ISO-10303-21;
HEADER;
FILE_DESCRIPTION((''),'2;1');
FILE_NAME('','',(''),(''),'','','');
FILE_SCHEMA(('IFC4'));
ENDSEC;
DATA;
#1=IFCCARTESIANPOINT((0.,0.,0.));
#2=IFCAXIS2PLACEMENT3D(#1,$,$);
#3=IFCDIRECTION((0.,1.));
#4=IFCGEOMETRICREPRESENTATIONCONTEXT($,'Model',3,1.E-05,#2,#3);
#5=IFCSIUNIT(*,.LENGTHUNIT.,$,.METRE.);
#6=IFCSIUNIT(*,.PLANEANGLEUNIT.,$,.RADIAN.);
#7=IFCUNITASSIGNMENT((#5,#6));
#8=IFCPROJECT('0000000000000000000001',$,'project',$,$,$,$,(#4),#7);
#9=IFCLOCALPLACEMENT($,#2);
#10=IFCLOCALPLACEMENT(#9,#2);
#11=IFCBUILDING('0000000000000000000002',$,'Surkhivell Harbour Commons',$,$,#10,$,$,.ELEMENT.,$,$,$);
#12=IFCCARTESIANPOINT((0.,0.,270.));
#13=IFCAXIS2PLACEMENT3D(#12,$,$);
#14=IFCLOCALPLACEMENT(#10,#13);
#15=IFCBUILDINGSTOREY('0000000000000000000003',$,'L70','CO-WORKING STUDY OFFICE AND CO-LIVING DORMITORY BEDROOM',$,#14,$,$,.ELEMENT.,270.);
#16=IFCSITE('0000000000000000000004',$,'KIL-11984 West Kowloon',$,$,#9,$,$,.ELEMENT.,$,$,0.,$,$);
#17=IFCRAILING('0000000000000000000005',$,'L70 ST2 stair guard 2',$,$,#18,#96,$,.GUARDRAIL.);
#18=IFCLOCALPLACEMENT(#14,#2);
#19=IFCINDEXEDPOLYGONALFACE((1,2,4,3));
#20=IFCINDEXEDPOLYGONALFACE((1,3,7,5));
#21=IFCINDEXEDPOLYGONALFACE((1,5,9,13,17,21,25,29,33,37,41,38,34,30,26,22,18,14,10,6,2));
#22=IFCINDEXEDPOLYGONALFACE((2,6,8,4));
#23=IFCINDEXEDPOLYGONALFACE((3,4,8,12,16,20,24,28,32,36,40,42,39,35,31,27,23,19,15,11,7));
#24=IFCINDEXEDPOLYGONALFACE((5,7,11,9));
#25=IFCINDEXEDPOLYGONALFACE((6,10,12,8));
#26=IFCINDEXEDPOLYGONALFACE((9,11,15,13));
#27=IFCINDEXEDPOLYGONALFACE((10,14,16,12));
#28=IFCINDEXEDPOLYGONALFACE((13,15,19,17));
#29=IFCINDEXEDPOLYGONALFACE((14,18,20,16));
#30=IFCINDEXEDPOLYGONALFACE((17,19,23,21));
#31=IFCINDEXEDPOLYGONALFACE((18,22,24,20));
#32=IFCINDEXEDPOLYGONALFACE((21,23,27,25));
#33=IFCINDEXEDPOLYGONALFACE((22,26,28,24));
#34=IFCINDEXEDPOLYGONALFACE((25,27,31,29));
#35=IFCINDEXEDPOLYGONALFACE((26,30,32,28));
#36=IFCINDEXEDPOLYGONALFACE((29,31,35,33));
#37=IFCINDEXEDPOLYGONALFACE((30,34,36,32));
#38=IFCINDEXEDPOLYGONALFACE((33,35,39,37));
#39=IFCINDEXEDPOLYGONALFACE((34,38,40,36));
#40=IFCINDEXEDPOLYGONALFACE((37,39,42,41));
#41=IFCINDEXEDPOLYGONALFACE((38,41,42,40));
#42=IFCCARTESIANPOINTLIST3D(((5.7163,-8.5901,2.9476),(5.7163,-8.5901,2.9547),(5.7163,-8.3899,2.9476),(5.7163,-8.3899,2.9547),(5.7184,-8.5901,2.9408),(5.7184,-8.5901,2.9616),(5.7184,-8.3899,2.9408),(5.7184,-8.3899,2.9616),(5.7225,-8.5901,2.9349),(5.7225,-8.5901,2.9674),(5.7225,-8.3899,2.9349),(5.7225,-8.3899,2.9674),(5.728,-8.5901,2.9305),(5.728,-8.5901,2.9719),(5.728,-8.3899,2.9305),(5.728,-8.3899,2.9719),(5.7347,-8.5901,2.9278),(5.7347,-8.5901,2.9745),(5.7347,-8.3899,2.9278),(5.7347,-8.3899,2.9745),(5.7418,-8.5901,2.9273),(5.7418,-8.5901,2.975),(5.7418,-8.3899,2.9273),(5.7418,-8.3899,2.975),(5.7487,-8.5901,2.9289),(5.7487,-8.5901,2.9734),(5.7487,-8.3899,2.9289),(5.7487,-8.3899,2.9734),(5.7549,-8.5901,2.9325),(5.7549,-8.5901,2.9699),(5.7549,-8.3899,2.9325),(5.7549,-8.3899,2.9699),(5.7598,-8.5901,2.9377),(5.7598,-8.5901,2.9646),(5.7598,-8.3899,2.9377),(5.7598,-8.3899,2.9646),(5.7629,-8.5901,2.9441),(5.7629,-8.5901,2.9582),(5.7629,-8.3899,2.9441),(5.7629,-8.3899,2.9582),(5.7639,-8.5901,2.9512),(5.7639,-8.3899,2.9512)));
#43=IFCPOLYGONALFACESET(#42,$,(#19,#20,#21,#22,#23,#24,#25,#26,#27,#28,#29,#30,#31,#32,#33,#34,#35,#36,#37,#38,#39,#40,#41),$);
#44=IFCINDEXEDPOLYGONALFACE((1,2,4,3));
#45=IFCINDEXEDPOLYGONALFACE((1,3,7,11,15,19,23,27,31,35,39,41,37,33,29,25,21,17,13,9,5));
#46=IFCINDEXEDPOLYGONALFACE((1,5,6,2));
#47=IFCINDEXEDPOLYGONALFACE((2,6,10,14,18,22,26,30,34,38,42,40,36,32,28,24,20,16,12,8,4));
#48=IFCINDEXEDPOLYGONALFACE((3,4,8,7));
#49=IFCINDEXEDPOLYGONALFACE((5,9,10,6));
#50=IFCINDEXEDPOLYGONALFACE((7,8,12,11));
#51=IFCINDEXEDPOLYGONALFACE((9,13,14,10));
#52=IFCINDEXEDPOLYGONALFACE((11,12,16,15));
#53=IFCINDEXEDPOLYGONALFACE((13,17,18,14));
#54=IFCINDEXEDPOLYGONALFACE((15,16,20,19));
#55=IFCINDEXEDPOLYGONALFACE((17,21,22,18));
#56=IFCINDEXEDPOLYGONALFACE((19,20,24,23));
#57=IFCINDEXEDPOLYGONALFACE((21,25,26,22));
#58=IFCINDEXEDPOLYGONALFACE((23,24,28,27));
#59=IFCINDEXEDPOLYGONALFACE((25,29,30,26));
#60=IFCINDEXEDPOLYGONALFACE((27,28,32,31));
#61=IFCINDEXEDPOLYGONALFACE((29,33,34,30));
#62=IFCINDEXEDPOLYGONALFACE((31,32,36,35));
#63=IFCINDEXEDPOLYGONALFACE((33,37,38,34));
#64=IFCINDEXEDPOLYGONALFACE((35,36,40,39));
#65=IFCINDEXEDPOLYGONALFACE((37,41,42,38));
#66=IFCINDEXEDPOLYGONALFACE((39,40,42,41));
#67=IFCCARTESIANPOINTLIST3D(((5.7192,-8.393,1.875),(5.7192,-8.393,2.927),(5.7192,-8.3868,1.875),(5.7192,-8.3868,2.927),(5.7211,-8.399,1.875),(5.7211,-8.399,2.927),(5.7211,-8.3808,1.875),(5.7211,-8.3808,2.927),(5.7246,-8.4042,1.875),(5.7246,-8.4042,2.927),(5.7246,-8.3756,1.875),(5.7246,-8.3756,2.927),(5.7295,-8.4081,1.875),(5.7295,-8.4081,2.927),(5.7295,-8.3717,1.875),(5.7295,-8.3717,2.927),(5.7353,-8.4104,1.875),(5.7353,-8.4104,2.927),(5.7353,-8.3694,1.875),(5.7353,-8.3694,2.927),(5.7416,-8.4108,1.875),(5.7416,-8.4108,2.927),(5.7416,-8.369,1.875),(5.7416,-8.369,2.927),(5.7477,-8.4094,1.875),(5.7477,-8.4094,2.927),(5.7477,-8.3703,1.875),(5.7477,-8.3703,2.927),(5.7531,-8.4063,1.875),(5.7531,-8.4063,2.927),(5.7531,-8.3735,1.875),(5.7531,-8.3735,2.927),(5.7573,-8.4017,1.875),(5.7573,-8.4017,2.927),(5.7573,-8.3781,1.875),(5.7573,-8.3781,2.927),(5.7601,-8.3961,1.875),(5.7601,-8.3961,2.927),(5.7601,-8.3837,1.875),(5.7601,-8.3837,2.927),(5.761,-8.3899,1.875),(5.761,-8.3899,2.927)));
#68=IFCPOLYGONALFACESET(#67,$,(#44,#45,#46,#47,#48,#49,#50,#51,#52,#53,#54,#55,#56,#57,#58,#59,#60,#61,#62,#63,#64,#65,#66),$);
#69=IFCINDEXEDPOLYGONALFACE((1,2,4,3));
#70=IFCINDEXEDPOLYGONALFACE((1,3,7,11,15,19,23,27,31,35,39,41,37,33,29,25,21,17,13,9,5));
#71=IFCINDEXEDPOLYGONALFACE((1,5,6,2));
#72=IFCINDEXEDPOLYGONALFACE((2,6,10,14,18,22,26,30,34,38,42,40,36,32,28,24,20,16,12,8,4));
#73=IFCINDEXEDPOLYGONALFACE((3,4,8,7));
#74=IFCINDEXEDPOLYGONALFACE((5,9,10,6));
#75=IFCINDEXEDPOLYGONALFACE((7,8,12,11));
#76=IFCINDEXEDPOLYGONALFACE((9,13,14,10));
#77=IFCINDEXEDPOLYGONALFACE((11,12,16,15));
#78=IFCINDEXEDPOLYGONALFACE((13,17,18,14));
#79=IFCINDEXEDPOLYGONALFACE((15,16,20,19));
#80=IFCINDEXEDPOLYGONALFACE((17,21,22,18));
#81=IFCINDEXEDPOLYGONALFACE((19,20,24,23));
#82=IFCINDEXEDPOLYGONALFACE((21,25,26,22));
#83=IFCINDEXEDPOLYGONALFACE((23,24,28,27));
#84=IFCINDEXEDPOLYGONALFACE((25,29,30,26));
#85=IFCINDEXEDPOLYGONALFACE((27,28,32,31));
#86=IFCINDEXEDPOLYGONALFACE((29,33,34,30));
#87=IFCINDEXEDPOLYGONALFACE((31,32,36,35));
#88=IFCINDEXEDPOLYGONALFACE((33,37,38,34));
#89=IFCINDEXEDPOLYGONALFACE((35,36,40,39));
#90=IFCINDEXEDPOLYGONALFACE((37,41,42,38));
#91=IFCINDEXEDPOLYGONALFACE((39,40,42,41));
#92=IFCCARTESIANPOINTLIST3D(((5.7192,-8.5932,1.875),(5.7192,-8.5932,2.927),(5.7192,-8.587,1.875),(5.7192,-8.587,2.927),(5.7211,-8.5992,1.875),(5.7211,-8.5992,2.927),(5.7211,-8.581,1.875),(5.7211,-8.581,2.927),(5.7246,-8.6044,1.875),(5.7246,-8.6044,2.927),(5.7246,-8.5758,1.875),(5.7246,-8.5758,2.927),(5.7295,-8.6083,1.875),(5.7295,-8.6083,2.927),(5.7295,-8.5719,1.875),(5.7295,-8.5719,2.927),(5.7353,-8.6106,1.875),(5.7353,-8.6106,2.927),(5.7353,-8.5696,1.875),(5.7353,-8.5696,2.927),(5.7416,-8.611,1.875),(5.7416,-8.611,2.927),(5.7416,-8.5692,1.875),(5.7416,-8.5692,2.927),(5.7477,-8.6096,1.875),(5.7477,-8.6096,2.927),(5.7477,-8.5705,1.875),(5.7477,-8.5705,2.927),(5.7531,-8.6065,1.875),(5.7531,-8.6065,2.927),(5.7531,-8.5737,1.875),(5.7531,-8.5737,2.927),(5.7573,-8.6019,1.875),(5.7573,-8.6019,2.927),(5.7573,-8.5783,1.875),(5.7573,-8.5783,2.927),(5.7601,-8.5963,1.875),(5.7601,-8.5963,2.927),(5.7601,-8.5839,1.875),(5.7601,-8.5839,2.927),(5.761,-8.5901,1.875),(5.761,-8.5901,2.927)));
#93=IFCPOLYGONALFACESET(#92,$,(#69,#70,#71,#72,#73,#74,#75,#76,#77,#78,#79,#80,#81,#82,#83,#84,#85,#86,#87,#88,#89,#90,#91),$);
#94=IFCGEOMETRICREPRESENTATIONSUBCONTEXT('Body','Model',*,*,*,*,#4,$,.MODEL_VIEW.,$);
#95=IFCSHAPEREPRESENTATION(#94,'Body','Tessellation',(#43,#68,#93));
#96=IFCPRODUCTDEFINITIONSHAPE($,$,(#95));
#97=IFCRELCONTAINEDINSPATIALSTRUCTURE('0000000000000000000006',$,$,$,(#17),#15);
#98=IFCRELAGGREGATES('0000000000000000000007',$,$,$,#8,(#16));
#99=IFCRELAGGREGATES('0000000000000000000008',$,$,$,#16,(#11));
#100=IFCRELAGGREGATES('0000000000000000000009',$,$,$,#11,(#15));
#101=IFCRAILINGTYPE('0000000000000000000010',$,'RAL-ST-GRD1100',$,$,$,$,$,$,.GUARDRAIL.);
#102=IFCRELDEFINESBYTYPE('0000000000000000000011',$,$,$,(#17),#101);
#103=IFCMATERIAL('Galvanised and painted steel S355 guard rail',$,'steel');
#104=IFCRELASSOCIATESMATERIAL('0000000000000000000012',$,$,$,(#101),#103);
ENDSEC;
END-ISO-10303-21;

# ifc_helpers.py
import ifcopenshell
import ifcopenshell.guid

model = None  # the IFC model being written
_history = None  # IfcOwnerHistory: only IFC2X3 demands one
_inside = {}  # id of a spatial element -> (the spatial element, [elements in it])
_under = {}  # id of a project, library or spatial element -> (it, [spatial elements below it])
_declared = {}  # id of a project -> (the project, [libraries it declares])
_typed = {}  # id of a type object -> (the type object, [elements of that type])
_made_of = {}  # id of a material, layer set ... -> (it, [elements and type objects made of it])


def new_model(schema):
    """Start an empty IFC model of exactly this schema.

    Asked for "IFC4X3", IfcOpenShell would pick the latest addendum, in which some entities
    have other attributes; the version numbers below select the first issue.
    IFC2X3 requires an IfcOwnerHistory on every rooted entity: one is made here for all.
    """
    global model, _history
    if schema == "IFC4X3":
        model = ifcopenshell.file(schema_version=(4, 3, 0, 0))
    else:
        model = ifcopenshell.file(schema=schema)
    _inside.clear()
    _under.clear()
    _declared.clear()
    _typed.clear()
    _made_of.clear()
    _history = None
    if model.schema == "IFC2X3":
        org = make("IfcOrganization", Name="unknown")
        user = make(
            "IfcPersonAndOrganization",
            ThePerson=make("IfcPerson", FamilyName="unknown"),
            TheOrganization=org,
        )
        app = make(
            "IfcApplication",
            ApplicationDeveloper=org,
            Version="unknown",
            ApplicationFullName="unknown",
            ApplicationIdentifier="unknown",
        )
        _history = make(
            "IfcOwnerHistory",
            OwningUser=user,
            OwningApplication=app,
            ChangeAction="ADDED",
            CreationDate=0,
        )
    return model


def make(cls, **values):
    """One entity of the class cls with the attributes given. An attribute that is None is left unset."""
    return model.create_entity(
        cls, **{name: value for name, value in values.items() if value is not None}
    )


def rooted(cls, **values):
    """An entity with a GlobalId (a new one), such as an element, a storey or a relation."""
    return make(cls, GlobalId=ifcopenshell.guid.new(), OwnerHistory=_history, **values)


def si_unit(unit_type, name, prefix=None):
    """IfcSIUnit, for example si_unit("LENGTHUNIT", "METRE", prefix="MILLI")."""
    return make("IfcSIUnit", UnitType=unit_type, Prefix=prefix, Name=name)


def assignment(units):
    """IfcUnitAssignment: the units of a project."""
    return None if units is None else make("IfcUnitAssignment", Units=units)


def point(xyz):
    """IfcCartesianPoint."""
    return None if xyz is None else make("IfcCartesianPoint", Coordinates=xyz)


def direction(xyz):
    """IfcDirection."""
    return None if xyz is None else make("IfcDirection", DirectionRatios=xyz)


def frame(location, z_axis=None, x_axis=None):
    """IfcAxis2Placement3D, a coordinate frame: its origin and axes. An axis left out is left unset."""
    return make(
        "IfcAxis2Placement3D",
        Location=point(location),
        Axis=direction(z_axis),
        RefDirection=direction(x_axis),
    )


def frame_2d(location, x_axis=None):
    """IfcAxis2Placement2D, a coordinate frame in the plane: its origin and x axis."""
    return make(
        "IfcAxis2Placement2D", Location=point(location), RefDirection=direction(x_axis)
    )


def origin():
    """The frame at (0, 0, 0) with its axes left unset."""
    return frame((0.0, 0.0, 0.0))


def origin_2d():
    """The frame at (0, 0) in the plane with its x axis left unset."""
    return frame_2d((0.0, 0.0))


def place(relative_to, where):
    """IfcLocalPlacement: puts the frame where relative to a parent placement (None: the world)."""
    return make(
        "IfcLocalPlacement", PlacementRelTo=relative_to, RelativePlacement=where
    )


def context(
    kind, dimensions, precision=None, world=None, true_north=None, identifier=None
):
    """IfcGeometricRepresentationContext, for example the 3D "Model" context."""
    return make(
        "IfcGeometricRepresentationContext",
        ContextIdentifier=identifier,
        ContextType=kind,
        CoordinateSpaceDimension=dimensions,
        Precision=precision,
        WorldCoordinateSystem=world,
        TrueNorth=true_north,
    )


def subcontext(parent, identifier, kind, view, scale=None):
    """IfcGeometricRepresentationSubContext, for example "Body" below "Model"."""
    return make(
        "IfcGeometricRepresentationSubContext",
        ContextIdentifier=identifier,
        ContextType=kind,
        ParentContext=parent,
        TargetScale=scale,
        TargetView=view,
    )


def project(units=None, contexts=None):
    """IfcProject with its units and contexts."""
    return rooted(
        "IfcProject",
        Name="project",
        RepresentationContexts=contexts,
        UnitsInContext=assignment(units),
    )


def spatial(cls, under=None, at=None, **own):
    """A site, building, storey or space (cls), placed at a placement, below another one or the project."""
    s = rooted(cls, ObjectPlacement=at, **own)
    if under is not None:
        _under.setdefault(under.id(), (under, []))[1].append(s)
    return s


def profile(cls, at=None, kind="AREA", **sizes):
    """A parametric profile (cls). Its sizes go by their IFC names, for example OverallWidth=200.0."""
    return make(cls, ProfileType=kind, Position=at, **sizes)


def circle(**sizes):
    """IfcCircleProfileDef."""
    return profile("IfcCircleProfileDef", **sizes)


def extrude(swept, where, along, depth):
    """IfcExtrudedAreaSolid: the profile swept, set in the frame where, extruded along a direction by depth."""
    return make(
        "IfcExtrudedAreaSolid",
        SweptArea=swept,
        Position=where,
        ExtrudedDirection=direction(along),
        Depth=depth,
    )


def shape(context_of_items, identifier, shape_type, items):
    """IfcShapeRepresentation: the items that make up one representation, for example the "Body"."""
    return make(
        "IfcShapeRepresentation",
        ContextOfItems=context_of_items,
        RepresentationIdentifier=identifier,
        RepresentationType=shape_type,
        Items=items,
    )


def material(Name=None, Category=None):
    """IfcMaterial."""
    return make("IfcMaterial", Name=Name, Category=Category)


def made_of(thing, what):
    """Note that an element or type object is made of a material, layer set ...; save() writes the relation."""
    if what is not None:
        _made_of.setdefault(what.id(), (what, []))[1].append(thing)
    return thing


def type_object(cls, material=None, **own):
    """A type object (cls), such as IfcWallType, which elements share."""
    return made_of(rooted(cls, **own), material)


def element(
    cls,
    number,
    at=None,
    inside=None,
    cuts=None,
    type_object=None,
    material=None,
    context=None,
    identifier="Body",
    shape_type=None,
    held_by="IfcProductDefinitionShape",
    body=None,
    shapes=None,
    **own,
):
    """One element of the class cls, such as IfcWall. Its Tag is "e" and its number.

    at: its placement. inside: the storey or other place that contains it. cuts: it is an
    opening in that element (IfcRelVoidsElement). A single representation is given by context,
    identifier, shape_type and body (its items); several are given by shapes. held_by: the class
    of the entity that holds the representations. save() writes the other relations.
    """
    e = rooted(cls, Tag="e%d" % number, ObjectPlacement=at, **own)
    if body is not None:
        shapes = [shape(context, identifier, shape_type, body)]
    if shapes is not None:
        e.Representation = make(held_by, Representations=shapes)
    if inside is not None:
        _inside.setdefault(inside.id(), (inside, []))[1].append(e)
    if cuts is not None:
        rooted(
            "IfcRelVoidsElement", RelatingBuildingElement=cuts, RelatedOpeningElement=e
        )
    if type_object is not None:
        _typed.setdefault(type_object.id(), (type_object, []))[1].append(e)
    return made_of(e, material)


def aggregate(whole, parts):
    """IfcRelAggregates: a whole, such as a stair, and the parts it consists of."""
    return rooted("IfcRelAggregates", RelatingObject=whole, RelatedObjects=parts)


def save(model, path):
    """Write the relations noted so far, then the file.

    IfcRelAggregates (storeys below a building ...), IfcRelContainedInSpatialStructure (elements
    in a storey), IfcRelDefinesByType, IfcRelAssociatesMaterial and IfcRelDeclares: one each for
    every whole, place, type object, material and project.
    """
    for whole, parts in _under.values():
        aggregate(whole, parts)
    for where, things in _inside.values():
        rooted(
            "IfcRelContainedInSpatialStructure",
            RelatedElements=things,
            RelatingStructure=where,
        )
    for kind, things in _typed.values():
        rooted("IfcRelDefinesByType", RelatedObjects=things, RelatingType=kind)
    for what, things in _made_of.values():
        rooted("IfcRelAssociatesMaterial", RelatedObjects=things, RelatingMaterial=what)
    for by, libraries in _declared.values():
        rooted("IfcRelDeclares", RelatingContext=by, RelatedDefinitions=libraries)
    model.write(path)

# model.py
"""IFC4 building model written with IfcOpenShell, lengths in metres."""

from ifc_helpers import new_model, si_unit, direction, frame, origin, origin_2d, place, context, subcontext, project, spatial, circle, extrude, material, type_object, element, save


model = new_model("IFC4")

# Units and contexts
model_context = context("Model", 3, precision=1e-05, world=origin(), true_north=direction((0.0, 1.0)))
body_context = subcontext(model_context, "Body", "Model", "MODEL_VIEW")
ifc_project = project(units=[si_unit("LENGTHUNIT", "METRE"), si_unit("PLANEANGLEUNIT", "RADIAN")], contexts=[model_context])

# Site, building, storey
site_placement = place(None, origin())
site = spatial("IfcSite", under=ifc_project, at=site_placement, Name="KIL-11984 West Kowloon", CompositionType="ELEMENT", RefElevation=0.0)
building_placement = place(site_placement, origin())
building = spatial("IfcBuilding", under=site, at=building_placement, Name="Surkhivell Harbour Commons", CompositionType="ELEMENT")
storey_placement = place(building_placement, frame((0.0, 0.0, 270.0)))
storey = spatial("IfcBuildingStorey", under=building, at=storey_placement, Name="L70", Description="CO-WORKING STUDY OFFICE AND CO-LIVING DORMITORY BEDROOM", CompositionType="ELEMENT", Elevation=270.0)

# Railing
ifc_material_1 = material(Name="Galvanised and painted steel S355 guard rail", Category="steel")
railing_type_1 = type_object("IfcRailingType", Name="RAL-ST-GRD1100", PredefinedType="GUARDRAIL", material=ifc_material_1)
railing_1_placement = place(storey_placement, frame((5.74, -8.3899, 1.875)))
element("IfcRailing", 1, at=railing_1_placement, inside=storey, type_object=railing_type_1, Name="L70 ST2 stair guard 2", PredefinedType="GUARDRAIL", context=body_context, shape_type="SweptSolid", body=[
    extrude(circle(Radius=0.0239, at=origin_2d()), frame((0.0, 0.0, 1.0762), z_axis=(0.0, -1.0, 0.0), x_axis=(1.0, 0.0, 0.0)), (0.0, 0.0, 1.0), 0.2002),
    extrude(circle(Radius=0.021, at=origin_2d()), origin(), (0.0, 0.0, 1.0), 1.052),
    extrude(circle(Radius=0.021, at=origin_2d()), frame((0.0, -0.2002, 0.0)), (0.0, 0.0, 1.0), 1.052),
])

save(model, "model.ifc")
